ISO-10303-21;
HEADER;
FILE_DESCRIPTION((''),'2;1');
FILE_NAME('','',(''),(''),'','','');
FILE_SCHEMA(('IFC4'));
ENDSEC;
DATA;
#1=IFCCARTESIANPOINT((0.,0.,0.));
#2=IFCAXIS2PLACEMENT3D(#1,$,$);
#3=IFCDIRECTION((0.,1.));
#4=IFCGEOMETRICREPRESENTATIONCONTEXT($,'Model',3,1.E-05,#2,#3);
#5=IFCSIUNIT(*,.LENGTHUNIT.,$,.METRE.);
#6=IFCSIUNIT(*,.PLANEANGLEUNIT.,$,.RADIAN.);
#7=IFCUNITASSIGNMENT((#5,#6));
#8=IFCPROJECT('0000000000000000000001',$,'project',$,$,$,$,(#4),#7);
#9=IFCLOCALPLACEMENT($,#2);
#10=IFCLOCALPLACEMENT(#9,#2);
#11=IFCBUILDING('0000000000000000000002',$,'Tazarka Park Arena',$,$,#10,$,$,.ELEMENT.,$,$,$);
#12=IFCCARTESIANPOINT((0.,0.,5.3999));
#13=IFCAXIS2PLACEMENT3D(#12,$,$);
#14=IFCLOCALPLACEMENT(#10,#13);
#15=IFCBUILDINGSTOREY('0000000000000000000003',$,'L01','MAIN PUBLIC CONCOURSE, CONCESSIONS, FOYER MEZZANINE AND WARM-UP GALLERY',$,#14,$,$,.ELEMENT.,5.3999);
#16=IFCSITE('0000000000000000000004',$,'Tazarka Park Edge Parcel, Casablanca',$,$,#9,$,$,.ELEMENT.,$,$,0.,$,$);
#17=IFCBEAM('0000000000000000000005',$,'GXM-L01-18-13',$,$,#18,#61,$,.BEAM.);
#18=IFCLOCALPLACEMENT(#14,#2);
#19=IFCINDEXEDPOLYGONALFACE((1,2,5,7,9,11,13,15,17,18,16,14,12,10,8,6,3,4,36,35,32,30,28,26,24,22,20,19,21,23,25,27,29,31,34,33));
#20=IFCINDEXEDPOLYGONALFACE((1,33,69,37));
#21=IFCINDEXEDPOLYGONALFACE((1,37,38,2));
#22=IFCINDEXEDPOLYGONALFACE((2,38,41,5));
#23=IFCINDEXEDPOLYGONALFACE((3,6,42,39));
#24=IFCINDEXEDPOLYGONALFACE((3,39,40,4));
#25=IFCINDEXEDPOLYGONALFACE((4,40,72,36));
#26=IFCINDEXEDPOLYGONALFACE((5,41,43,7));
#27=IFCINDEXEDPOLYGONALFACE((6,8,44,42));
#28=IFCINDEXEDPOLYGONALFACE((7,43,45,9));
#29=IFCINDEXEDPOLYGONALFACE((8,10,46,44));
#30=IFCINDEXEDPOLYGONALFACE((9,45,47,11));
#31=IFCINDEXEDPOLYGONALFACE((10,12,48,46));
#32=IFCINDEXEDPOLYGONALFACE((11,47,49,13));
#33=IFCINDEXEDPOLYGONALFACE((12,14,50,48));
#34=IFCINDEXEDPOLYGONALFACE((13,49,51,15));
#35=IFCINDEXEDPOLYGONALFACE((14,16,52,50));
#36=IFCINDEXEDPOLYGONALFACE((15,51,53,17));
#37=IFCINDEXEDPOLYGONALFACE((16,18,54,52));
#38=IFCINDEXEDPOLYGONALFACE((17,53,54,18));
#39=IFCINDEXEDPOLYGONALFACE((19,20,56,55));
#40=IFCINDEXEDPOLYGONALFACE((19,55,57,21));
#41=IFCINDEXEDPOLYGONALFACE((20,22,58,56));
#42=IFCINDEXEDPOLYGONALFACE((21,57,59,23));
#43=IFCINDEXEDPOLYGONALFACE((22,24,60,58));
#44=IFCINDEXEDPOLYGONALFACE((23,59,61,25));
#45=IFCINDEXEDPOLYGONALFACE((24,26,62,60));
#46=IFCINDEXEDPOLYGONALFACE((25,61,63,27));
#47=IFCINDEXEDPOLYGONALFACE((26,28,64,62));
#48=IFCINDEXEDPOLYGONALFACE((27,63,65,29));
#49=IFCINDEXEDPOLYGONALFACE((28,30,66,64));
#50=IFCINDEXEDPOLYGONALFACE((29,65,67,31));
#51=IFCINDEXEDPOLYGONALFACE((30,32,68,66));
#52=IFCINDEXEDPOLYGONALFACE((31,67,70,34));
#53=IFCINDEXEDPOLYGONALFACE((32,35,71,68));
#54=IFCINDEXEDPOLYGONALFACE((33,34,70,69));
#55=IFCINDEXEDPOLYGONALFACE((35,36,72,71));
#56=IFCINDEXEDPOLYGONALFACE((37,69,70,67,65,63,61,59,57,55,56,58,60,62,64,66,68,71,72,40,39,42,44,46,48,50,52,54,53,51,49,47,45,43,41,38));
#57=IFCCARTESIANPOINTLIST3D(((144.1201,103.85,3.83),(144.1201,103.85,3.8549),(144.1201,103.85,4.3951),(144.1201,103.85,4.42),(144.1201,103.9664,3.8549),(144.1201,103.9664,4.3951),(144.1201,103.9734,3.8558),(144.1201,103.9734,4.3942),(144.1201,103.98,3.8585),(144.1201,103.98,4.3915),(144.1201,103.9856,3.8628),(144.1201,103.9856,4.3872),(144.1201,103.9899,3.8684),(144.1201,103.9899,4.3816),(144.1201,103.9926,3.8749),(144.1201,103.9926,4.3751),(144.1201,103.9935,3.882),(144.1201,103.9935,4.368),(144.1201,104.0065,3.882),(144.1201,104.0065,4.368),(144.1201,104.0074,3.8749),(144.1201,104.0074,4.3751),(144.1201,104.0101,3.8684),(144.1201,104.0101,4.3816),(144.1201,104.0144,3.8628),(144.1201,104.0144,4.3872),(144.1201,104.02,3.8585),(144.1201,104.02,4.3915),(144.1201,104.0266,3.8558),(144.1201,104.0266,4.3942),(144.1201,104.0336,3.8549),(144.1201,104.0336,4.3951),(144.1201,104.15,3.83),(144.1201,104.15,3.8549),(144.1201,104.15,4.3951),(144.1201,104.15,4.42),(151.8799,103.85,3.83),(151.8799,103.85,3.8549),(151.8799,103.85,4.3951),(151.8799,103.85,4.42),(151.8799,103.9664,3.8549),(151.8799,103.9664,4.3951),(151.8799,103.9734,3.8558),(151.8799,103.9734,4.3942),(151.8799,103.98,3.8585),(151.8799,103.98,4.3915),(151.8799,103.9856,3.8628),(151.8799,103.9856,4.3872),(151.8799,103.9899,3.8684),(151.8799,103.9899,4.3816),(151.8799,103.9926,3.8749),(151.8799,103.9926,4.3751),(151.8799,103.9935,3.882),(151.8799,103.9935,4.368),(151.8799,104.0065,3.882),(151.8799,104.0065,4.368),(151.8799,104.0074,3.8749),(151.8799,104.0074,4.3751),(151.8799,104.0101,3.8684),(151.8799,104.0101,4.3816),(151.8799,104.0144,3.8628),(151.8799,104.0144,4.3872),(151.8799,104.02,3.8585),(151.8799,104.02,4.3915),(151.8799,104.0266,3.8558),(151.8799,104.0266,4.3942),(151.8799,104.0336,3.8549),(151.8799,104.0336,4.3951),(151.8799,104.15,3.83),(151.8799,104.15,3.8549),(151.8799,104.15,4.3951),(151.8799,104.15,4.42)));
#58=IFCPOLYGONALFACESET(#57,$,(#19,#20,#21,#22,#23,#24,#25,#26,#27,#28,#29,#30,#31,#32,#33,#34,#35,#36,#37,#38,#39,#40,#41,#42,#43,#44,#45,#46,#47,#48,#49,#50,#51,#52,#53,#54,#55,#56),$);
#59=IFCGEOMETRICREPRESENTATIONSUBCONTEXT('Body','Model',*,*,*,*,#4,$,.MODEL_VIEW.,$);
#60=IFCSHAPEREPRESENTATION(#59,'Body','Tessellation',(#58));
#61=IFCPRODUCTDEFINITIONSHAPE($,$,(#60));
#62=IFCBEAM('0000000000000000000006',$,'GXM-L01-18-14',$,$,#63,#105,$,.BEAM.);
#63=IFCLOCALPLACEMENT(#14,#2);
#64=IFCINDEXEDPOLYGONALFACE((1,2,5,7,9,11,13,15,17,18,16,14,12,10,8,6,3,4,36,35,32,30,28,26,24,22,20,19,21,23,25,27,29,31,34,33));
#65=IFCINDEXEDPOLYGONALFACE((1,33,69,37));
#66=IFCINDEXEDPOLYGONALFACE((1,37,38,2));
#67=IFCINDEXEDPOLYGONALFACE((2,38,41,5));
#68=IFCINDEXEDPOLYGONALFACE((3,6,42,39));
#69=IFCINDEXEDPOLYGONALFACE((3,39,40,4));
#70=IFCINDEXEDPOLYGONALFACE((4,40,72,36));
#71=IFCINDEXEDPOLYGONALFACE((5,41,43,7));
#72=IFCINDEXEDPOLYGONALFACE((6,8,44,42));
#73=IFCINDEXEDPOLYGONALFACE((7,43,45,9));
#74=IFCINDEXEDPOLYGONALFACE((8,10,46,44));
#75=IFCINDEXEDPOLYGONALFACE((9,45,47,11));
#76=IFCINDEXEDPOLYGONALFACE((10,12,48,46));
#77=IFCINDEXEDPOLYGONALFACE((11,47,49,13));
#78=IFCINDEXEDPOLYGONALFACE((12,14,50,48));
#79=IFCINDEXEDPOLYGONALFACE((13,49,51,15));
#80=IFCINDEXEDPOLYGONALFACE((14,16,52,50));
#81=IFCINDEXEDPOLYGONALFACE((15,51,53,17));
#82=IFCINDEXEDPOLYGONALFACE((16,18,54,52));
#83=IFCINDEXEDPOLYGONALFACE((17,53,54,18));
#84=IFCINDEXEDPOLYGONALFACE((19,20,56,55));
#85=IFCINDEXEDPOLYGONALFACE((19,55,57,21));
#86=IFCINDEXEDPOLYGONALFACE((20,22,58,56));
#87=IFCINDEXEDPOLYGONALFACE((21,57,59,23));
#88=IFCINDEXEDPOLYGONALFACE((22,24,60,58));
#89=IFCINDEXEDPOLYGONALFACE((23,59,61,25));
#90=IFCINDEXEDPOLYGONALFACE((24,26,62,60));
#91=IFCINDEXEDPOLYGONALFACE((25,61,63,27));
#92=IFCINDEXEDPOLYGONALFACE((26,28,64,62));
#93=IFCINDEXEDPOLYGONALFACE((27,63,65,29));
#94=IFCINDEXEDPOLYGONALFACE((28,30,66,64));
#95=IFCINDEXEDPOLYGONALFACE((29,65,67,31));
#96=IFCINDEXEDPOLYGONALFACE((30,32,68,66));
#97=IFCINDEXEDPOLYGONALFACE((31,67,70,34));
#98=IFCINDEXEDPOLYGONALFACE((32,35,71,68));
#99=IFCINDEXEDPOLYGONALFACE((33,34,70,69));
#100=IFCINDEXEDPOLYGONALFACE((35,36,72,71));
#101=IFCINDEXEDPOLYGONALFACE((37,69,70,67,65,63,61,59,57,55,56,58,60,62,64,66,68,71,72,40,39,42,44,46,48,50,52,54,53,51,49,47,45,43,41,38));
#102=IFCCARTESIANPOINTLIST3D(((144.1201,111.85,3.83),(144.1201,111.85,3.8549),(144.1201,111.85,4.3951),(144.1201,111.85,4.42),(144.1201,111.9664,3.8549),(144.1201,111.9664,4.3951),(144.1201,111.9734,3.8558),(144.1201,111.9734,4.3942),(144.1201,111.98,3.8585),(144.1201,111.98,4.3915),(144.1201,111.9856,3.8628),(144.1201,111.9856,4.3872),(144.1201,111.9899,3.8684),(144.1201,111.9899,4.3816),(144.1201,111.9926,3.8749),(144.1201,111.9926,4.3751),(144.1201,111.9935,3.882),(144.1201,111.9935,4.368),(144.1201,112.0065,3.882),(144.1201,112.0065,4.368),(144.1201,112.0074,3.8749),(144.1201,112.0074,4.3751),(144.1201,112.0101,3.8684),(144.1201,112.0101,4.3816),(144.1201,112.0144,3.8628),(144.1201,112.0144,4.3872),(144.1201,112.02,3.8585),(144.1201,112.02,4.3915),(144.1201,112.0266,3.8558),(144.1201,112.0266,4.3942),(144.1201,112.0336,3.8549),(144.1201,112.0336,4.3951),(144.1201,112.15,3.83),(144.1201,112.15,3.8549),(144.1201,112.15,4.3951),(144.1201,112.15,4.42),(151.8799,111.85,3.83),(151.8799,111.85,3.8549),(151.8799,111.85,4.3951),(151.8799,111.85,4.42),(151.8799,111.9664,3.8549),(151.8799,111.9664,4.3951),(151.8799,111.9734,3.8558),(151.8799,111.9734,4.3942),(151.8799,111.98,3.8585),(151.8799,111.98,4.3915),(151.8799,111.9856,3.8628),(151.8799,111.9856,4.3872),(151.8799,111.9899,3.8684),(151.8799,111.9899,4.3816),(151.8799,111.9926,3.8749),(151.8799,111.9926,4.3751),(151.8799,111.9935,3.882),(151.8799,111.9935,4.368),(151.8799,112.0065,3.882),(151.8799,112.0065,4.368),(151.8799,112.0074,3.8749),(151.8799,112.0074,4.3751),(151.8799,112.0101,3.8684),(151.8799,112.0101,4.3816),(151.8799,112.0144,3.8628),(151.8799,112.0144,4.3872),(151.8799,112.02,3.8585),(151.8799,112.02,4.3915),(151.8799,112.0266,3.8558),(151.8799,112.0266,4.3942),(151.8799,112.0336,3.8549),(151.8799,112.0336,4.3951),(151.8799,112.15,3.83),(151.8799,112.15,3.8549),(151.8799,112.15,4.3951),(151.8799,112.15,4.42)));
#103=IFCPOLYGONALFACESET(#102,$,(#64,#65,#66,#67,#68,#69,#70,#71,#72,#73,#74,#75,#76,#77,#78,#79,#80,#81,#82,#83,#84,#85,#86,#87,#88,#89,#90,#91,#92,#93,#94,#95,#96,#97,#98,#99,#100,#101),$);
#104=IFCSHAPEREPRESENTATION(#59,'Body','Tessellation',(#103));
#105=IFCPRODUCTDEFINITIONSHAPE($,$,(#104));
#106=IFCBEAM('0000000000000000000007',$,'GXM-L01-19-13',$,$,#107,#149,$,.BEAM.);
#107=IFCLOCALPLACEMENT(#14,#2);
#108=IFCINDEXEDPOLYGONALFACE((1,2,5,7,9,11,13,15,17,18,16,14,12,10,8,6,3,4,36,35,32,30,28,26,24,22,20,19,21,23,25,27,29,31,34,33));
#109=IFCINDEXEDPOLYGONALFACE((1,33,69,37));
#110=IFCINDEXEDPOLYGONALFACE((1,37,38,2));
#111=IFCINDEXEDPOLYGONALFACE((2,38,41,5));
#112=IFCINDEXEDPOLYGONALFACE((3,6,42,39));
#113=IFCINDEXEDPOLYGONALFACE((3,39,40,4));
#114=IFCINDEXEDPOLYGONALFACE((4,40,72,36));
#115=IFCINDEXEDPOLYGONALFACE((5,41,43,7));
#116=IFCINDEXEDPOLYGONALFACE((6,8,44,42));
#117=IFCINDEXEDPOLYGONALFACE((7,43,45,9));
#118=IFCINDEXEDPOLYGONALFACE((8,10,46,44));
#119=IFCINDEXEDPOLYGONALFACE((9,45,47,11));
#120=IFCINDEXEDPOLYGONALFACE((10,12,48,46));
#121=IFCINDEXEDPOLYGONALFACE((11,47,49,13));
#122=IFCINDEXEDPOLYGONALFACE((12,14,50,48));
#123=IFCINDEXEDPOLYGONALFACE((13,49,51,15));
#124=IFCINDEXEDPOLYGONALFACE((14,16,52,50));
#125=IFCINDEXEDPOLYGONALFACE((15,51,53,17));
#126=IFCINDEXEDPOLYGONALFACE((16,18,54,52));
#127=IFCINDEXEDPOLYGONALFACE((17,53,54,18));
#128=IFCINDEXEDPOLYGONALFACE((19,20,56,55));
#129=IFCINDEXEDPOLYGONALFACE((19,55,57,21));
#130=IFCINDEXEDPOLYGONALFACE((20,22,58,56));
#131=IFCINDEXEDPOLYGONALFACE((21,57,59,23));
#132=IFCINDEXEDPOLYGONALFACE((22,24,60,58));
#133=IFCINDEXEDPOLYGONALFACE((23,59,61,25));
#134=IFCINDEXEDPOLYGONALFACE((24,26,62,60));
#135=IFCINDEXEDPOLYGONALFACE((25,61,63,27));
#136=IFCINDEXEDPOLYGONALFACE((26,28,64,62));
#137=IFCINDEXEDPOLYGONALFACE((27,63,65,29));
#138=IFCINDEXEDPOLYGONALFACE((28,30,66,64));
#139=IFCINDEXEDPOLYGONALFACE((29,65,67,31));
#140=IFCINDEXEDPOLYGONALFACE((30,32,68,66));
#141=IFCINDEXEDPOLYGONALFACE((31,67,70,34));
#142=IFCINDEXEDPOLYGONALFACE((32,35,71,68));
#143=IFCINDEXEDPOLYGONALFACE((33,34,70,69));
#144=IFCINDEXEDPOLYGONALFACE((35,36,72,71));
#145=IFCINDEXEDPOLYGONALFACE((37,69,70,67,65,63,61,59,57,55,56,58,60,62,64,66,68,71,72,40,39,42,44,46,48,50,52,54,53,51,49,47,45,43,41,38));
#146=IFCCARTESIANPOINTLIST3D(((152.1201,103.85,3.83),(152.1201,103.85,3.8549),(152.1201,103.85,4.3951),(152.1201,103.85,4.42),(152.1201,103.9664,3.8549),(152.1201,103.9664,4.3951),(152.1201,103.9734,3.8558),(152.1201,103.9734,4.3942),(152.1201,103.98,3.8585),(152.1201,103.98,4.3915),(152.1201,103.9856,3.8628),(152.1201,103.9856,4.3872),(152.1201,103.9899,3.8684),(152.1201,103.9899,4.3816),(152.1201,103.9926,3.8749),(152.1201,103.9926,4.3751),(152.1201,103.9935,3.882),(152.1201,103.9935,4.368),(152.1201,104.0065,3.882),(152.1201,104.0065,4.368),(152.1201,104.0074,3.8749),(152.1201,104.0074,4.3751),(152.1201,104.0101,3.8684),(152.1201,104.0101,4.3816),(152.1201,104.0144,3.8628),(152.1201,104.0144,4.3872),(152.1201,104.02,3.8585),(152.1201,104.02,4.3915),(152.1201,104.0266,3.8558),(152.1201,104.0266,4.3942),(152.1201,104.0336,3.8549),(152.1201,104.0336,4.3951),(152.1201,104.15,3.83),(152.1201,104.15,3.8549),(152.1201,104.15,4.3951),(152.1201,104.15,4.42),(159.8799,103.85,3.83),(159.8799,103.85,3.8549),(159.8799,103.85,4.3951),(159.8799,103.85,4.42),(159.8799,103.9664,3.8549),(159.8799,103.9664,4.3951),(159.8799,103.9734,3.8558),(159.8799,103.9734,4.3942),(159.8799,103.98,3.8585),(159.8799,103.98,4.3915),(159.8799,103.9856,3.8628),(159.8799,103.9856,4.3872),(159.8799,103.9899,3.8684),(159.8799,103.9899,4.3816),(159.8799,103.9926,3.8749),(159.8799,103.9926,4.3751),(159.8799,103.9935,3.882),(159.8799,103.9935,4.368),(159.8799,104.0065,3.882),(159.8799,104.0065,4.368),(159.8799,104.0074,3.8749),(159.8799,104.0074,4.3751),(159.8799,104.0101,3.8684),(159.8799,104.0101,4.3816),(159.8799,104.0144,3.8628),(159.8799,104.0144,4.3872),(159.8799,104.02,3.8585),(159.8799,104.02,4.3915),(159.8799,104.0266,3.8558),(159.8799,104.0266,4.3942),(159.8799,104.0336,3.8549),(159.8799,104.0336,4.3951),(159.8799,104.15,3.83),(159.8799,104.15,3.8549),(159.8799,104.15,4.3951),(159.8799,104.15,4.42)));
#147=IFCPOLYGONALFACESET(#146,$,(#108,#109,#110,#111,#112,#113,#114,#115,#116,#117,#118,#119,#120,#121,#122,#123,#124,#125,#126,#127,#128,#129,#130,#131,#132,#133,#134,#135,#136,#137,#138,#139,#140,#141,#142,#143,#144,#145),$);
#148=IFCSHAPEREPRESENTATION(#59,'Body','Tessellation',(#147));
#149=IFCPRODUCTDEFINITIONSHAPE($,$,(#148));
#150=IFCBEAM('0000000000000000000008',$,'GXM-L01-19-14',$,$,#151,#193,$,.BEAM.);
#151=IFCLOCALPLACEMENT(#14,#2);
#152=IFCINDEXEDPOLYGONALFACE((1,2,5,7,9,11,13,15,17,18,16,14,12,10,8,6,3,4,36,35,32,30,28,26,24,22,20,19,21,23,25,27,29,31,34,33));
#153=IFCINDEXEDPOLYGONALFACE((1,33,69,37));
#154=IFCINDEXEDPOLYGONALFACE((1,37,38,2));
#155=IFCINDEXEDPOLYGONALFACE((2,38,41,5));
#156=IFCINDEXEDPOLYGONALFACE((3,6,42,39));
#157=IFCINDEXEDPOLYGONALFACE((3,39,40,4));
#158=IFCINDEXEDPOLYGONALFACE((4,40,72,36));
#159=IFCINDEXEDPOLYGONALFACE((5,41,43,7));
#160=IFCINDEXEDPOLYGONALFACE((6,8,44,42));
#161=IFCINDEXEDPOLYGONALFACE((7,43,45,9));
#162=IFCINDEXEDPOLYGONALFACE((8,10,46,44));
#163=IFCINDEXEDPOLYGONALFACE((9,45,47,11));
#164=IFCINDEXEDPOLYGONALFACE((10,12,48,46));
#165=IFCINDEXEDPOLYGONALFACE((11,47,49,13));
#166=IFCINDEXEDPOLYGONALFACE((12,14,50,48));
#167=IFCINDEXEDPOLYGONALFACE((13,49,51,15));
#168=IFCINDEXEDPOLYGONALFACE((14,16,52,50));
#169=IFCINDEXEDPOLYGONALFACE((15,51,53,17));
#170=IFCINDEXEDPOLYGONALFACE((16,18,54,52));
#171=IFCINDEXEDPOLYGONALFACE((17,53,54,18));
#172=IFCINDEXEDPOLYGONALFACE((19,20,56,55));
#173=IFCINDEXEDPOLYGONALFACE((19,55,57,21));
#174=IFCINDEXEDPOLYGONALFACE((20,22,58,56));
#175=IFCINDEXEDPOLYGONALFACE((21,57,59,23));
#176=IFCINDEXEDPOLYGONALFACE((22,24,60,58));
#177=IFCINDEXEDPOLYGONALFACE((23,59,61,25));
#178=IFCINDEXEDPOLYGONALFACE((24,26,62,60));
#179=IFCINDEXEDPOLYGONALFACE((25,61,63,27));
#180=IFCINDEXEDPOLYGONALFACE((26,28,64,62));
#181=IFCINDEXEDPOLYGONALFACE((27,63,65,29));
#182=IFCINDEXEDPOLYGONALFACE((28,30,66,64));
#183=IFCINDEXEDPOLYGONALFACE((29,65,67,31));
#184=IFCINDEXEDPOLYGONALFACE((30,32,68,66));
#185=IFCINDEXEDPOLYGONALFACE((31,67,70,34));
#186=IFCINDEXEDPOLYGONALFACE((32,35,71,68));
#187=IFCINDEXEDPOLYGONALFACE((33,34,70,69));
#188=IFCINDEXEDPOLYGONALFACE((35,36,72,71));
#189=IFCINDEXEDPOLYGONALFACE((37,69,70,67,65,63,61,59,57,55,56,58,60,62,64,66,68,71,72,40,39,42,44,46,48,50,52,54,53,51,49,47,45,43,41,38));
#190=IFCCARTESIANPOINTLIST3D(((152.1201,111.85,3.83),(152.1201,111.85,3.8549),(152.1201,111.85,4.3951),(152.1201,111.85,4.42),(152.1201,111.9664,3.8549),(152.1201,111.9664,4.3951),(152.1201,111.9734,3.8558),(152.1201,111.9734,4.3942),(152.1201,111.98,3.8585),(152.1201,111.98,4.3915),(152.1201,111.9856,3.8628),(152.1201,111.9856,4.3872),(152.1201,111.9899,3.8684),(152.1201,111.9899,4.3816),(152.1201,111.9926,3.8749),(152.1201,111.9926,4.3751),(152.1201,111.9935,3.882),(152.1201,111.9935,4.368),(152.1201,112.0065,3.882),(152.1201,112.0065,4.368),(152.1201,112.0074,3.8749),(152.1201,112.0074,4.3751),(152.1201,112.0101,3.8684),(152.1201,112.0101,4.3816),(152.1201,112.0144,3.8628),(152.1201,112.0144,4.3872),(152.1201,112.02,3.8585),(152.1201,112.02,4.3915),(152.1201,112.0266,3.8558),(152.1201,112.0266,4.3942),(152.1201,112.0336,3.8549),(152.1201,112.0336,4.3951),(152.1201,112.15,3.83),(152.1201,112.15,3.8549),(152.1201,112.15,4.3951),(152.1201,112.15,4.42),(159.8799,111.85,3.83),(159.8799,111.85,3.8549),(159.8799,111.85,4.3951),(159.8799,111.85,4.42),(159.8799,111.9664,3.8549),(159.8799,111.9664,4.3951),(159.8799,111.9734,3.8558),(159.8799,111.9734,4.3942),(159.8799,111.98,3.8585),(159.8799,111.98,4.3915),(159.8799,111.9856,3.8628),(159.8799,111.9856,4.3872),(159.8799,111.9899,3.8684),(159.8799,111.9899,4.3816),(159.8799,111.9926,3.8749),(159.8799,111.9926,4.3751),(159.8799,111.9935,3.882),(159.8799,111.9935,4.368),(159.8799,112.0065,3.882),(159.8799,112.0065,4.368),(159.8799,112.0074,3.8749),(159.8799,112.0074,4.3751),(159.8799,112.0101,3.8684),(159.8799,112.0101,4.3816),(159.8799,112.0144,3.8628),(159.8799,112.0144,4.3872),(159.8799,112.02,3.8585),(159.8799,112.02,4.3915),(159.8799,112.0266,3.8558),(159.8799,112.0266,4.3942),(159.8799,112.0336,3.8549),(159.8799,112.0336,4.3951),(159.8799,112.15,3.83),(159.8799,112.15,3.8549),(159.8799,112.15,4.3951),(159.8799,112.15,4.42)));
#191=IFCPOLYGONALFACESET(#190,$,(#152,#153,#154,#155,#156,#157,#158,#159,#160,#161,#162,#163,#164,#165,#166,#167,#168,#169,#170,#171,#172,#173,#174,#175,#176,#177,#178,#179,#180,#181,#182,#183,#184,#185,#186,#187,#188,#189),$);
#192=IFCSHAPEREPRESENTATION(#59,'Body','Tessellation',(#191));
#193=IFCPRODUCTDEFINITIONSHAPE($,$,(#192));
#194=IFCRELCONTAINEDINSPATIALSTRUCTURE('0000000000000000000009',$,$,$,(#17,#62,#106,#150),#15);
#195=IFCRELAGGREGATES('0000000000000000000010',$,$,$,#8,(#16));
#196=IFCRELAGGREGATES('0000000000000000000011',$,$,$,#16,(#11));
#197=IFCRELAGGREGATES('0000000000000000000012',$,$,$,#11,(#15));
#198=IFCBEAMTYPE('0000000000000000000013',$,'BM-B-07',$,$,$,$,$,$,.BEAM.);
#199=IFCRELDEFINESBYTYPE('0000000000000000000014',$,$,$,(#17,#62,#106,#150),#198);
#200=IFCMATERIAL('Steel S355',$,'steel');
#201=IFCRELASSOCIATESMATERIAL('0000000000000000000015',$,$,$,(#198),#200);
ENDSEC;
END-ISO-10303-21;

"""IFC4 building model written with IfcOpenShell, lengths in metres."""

from ifc_helpers import new_model, si_unit, direction, frame, origin, origin_2d, place, context, subcontext, project, spatial, i_section, extrude, material, material_profile, profile_set, type_object, element, save


model = new_model("IFC4")

# Units and contexts
model_context = context("Model", 3, precision=1e-05, world=origin(), true_north=direction((0.0, 1.0)))
body_context = subcontext(model_context, "Body", "Model", "MODEL_VIEW")
ifc_project = project(units=[si_unit("LENGTHUNIT", "METRE"), si_unit("PLANEANGLEUNIT", "RADIAN")], contexts=[model_context])

# Site, building, storey
site_placement = place(None, origin())
site = spatial("IfcSite", under=ifc_project, at=site_placement, Name="Tazarka Park Edge Parcel, Casablanca", CompositionType="ELEMENT", RefElevation=0.0)
building_placement = place(site_placement, origin())
building = spatial("IfcBuilding", under=site, at=building_placement, Name="Tazarka Park Arena", CompositionType="ELEMENT")
storey_placement = place(building_placement, frame((0.0, 0.0, 5.3999)))
storey = spatial("IfcBuildingStorey", under=building, at=storey_placement, Name="L01", Description="MAIN PUBLIC CONCOURSE, CONCESSIONS, FOYER MEZZANINE AND WARM-UP GALLERY", CompositionType="ELEMENT", Elevation=5.3999)

# Beams
ifc_material_1 = material(Name="Steel S355", Category="steel")
ifc_material_profile_1 = material_profile(ifc_material_1, i_section(OverallWidth=0.3, OverallDepth=0.5901, WebThickness=0.0129, FlangeThickness=0.0249, FilletRadius=0.0271, at=origin_2d()), Name="Steel S355")
ifc_profile_set_1 = profile_set([ifc_material_profile_1], Name="Steel S355")
beam_type_1 = type_object("IfcBeamType", Name="BM-B-07", PredefinedType="BEAM", material=ifc_profile_set_1)
for number, where, z_axis, x_axis, name in (
    (1, (144.1201, 104.0, 4.125), (1.0, 0.0, 0.0), (0.0, 1.0, 0.0), "GXM-L01-18-13"),
    (2, (144.1201, 112.0, 4.125), (1.0, 0.0, 0.0), (0.0, 1.0, 0.0), "GXM-L01-18-14"),
    (3, (152.1201, 104.0, 4.125), (1.0, 0.0, 0.0), (0.0, 1.0, 0.0), "GXM-L01-19-13"),
    (4, (152.1201, 112.0, 4.125), (1.0, 0.0, 0.0), (0.0, 1.0, 0.0), "GXM-L01-19-14"),
):
    element("IfcBeam", number, at=place(storey_placement, frame(where, z_axis=z_axis, x_axis=x_axis)), inside=storey, type_object=beam_type_1, Name=name, PredefinedType="BEAM", context=body_context, shape_type="SweptSolid", body=[
        extrude(i_section(OverallWidth=0.3, OverallDepth=0.5901, WebThickness=0.0129, FlangeThickness=0.0249, FilletRadius=0.0271, at=origin_2d()), origin(), (0.0, 0.0, 1.0), 7.7598),
    ])

save(model, "model.ifc")
